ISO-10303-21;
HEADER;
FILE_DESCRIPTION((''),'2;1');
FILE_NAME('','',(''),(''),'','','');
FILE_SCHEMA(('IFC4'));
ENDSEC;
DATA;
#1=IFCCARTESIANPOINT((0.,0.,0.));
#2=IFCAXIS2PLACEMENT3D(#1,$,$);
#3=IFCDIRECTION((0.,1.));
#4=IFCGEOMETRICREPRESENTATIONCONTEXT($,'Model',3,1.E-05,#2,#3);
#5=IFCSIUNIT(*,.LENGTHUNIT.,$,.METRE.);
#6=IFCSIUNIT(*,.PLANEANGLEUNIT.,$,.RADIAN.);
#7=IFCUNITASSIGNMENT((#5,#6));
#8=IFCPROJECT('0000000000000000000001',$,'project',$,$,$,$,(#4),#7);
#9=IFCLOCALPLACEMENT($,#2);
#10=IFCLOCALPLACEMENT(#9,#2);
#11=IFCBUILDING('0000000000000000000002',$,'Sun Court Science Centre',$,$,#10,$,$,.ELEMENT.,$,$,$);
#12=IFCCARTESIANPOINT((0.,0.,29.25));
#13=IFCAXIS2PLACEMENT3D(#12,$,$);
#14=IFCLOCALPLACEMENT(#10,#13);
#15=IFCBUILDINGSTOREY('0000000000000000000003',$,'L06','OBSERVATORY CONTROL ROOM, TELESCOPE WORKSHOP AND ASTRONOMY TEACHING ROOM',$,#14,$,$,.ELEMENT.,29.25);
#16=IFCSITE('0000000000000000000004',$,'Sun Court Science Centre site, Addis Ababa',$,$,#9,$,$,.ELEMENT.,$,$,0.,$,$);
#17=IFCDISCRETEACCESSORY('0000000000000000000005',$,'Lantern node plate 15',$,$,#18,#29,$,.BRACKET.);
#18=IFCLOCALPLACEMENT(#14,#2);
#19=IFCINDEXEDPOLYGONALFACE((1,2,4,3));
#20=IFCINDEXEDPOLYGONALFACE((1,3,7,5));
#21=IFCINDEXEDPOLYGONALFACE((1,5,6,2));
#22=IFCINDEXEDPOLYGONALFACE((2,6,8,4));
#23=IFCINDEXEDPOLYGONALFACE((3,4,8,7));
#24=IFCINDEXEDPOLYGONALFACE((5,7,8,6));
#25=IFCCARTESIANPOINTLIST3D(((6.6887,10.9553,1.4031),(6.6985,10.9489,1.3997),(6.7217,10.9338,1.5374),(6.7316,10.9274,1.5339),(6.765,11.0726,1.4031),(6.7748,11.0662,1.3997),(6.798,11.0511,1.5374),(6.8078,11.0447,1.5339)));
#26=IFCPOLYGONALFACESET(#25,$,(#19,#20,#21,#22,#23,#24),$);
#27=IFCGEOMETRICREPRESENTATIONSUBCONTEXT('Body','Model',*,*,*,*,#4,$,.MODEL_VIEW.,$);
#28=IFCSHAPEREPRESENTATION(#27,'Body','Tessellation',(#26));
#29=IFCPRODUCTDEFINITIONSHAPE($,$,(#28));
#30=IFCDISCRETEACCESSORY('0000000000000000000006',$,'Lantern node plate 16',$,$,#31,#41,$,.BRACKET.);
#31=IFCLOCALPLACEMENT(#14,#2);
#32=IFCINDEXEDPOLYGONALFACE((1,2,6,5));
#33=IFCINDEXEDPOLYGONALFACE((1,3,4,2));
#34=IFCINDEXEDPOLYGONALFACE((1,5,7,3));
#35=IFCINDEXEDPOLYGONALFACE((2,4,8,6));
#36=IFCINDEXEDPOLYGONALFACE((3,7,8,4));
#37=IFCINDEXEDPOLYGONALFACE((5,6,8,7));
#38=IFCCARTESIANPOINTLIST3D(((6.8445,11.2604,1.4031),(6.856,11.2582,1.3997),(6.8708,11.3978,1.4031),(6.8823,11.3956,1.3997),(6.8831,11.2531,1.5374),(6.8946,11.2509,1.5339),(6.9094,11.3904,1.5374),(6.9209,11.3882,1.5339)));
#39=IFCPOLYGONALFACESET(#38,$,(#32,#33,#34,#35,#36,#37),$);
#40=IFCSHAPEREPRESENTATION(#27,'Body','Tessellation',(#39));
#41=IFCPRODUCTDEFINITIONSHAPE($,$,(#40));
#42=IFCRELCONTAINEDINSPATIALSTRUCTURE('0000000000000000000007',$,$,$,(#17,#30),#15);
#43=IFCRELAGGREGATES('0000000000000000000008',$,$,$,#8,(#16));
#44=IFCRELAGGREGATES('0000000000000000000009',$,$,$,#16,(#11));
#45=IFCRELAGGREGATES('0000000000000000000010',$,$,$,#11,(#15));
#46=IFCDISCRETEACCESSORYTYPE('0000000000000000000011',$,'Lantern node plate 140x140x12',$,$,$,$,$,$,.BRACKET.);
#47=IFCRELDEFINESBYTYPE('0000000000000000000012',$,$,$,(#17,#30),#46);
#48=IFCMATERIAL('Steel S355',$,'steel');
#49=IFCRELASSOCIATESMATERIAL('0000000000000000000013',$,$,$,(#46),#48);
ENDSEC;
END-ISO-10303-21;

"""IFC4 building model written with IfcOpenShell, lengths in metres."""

from ifc_helpers import new_model, si_unit, direction, frame, origin, origin_2d, place, context, subcontext, project, spatial, rectangle, extrude, material, material_profile, profile_set, type_object, element, save


model = new_model("IFC4")

# Units and contexts
model_context = context("Model", 3, precision=1e-05, world=origin(), true_north=direction((0.0, 1.0)))
body_context = subcontext(model_context, "Body", "Model", "MODEL_VIEW")
ifc_project = project(units=[si_unit("LENGTHUNIT", "METRE"), si_unit("PLANEANGLEUNIT", "RADIAN")], contexts=[model_context])

# Site, building, storey
site_placement = place(None, origin())
site = spatial("IfcSite", under=ifc_project, at=site_placement, Name="Sun Court Science Centre site, Addis Ababa", CompositionType="ELEMENT", RefElevation=0.0)
building_placement = place(site_placement, origin())
building = spatial("IfcBuilding", under=site, at=building_placement, Name="Sun Court Science Centre", CompositionType="ELEMENT")
storey_placement = place(building_placement, frame((0.0, 0.0, 29.25)))
storey = spatial("IfcBuildingStorey", under=building, at=storey_placement, Name="L06", Description="OBSERVATORY CONTROL ROOM, TELESCOPE WORKSHOP AND ASTRONOMY TEACHING ROOM", CompositionType="ELEMENT", Elevation=29.25)

# Discrete accessories
ifc_material_1 = material(Name="Steel S355", Category="steel")
ifc_material_profile_1 = material_profile(ifc_material_1, rectangle(XDim=0.1399, YDim=0.1399, at=origin_2d()), Name="PL 140x140")
ifc_profile_set_1 = profile_set([ifc_material_profile_1], Name="Steel S355")
discrete_accessory_type = type_object("IfcDiscreteAccessoryType", Name="Lantern node plate 140x140x12", PredefinedType="BRACKET", material=ifc_profile_set_1)
for number, where, z_axis, x_axis, name in (
    (1, (6.7532, 10.9968, 1.4668), (-0.804518, 0.522937, 0.281581), (-0.544988, -0.838444, 0.0), "Lantern node plate 15"),
    (2, (6.8884, 11.3232, 1.4668), (-0.942643, 0.180506, 0.280787), (-0.188072, -0.982155, 0.0), "Lantern node plate 16"),
):
    element("IfcDiscreteAccessory", number, at=place(storey_placement, frame(where, z_axis=z_axis, x_axis=x_axis)), inside=storey, type_object=discrete_accessory_type, Name=name, PredefinedType="BRACKET", context=body_context, shape_type="SweptSolid", body=[
        extrude(rectangle(XDim=0.1399, YDim=0.1399, at=origin_2d()), origin(), (0.0, 0.0, 1.0), 0.0122),
    ])

save(model, "model.ifc")
